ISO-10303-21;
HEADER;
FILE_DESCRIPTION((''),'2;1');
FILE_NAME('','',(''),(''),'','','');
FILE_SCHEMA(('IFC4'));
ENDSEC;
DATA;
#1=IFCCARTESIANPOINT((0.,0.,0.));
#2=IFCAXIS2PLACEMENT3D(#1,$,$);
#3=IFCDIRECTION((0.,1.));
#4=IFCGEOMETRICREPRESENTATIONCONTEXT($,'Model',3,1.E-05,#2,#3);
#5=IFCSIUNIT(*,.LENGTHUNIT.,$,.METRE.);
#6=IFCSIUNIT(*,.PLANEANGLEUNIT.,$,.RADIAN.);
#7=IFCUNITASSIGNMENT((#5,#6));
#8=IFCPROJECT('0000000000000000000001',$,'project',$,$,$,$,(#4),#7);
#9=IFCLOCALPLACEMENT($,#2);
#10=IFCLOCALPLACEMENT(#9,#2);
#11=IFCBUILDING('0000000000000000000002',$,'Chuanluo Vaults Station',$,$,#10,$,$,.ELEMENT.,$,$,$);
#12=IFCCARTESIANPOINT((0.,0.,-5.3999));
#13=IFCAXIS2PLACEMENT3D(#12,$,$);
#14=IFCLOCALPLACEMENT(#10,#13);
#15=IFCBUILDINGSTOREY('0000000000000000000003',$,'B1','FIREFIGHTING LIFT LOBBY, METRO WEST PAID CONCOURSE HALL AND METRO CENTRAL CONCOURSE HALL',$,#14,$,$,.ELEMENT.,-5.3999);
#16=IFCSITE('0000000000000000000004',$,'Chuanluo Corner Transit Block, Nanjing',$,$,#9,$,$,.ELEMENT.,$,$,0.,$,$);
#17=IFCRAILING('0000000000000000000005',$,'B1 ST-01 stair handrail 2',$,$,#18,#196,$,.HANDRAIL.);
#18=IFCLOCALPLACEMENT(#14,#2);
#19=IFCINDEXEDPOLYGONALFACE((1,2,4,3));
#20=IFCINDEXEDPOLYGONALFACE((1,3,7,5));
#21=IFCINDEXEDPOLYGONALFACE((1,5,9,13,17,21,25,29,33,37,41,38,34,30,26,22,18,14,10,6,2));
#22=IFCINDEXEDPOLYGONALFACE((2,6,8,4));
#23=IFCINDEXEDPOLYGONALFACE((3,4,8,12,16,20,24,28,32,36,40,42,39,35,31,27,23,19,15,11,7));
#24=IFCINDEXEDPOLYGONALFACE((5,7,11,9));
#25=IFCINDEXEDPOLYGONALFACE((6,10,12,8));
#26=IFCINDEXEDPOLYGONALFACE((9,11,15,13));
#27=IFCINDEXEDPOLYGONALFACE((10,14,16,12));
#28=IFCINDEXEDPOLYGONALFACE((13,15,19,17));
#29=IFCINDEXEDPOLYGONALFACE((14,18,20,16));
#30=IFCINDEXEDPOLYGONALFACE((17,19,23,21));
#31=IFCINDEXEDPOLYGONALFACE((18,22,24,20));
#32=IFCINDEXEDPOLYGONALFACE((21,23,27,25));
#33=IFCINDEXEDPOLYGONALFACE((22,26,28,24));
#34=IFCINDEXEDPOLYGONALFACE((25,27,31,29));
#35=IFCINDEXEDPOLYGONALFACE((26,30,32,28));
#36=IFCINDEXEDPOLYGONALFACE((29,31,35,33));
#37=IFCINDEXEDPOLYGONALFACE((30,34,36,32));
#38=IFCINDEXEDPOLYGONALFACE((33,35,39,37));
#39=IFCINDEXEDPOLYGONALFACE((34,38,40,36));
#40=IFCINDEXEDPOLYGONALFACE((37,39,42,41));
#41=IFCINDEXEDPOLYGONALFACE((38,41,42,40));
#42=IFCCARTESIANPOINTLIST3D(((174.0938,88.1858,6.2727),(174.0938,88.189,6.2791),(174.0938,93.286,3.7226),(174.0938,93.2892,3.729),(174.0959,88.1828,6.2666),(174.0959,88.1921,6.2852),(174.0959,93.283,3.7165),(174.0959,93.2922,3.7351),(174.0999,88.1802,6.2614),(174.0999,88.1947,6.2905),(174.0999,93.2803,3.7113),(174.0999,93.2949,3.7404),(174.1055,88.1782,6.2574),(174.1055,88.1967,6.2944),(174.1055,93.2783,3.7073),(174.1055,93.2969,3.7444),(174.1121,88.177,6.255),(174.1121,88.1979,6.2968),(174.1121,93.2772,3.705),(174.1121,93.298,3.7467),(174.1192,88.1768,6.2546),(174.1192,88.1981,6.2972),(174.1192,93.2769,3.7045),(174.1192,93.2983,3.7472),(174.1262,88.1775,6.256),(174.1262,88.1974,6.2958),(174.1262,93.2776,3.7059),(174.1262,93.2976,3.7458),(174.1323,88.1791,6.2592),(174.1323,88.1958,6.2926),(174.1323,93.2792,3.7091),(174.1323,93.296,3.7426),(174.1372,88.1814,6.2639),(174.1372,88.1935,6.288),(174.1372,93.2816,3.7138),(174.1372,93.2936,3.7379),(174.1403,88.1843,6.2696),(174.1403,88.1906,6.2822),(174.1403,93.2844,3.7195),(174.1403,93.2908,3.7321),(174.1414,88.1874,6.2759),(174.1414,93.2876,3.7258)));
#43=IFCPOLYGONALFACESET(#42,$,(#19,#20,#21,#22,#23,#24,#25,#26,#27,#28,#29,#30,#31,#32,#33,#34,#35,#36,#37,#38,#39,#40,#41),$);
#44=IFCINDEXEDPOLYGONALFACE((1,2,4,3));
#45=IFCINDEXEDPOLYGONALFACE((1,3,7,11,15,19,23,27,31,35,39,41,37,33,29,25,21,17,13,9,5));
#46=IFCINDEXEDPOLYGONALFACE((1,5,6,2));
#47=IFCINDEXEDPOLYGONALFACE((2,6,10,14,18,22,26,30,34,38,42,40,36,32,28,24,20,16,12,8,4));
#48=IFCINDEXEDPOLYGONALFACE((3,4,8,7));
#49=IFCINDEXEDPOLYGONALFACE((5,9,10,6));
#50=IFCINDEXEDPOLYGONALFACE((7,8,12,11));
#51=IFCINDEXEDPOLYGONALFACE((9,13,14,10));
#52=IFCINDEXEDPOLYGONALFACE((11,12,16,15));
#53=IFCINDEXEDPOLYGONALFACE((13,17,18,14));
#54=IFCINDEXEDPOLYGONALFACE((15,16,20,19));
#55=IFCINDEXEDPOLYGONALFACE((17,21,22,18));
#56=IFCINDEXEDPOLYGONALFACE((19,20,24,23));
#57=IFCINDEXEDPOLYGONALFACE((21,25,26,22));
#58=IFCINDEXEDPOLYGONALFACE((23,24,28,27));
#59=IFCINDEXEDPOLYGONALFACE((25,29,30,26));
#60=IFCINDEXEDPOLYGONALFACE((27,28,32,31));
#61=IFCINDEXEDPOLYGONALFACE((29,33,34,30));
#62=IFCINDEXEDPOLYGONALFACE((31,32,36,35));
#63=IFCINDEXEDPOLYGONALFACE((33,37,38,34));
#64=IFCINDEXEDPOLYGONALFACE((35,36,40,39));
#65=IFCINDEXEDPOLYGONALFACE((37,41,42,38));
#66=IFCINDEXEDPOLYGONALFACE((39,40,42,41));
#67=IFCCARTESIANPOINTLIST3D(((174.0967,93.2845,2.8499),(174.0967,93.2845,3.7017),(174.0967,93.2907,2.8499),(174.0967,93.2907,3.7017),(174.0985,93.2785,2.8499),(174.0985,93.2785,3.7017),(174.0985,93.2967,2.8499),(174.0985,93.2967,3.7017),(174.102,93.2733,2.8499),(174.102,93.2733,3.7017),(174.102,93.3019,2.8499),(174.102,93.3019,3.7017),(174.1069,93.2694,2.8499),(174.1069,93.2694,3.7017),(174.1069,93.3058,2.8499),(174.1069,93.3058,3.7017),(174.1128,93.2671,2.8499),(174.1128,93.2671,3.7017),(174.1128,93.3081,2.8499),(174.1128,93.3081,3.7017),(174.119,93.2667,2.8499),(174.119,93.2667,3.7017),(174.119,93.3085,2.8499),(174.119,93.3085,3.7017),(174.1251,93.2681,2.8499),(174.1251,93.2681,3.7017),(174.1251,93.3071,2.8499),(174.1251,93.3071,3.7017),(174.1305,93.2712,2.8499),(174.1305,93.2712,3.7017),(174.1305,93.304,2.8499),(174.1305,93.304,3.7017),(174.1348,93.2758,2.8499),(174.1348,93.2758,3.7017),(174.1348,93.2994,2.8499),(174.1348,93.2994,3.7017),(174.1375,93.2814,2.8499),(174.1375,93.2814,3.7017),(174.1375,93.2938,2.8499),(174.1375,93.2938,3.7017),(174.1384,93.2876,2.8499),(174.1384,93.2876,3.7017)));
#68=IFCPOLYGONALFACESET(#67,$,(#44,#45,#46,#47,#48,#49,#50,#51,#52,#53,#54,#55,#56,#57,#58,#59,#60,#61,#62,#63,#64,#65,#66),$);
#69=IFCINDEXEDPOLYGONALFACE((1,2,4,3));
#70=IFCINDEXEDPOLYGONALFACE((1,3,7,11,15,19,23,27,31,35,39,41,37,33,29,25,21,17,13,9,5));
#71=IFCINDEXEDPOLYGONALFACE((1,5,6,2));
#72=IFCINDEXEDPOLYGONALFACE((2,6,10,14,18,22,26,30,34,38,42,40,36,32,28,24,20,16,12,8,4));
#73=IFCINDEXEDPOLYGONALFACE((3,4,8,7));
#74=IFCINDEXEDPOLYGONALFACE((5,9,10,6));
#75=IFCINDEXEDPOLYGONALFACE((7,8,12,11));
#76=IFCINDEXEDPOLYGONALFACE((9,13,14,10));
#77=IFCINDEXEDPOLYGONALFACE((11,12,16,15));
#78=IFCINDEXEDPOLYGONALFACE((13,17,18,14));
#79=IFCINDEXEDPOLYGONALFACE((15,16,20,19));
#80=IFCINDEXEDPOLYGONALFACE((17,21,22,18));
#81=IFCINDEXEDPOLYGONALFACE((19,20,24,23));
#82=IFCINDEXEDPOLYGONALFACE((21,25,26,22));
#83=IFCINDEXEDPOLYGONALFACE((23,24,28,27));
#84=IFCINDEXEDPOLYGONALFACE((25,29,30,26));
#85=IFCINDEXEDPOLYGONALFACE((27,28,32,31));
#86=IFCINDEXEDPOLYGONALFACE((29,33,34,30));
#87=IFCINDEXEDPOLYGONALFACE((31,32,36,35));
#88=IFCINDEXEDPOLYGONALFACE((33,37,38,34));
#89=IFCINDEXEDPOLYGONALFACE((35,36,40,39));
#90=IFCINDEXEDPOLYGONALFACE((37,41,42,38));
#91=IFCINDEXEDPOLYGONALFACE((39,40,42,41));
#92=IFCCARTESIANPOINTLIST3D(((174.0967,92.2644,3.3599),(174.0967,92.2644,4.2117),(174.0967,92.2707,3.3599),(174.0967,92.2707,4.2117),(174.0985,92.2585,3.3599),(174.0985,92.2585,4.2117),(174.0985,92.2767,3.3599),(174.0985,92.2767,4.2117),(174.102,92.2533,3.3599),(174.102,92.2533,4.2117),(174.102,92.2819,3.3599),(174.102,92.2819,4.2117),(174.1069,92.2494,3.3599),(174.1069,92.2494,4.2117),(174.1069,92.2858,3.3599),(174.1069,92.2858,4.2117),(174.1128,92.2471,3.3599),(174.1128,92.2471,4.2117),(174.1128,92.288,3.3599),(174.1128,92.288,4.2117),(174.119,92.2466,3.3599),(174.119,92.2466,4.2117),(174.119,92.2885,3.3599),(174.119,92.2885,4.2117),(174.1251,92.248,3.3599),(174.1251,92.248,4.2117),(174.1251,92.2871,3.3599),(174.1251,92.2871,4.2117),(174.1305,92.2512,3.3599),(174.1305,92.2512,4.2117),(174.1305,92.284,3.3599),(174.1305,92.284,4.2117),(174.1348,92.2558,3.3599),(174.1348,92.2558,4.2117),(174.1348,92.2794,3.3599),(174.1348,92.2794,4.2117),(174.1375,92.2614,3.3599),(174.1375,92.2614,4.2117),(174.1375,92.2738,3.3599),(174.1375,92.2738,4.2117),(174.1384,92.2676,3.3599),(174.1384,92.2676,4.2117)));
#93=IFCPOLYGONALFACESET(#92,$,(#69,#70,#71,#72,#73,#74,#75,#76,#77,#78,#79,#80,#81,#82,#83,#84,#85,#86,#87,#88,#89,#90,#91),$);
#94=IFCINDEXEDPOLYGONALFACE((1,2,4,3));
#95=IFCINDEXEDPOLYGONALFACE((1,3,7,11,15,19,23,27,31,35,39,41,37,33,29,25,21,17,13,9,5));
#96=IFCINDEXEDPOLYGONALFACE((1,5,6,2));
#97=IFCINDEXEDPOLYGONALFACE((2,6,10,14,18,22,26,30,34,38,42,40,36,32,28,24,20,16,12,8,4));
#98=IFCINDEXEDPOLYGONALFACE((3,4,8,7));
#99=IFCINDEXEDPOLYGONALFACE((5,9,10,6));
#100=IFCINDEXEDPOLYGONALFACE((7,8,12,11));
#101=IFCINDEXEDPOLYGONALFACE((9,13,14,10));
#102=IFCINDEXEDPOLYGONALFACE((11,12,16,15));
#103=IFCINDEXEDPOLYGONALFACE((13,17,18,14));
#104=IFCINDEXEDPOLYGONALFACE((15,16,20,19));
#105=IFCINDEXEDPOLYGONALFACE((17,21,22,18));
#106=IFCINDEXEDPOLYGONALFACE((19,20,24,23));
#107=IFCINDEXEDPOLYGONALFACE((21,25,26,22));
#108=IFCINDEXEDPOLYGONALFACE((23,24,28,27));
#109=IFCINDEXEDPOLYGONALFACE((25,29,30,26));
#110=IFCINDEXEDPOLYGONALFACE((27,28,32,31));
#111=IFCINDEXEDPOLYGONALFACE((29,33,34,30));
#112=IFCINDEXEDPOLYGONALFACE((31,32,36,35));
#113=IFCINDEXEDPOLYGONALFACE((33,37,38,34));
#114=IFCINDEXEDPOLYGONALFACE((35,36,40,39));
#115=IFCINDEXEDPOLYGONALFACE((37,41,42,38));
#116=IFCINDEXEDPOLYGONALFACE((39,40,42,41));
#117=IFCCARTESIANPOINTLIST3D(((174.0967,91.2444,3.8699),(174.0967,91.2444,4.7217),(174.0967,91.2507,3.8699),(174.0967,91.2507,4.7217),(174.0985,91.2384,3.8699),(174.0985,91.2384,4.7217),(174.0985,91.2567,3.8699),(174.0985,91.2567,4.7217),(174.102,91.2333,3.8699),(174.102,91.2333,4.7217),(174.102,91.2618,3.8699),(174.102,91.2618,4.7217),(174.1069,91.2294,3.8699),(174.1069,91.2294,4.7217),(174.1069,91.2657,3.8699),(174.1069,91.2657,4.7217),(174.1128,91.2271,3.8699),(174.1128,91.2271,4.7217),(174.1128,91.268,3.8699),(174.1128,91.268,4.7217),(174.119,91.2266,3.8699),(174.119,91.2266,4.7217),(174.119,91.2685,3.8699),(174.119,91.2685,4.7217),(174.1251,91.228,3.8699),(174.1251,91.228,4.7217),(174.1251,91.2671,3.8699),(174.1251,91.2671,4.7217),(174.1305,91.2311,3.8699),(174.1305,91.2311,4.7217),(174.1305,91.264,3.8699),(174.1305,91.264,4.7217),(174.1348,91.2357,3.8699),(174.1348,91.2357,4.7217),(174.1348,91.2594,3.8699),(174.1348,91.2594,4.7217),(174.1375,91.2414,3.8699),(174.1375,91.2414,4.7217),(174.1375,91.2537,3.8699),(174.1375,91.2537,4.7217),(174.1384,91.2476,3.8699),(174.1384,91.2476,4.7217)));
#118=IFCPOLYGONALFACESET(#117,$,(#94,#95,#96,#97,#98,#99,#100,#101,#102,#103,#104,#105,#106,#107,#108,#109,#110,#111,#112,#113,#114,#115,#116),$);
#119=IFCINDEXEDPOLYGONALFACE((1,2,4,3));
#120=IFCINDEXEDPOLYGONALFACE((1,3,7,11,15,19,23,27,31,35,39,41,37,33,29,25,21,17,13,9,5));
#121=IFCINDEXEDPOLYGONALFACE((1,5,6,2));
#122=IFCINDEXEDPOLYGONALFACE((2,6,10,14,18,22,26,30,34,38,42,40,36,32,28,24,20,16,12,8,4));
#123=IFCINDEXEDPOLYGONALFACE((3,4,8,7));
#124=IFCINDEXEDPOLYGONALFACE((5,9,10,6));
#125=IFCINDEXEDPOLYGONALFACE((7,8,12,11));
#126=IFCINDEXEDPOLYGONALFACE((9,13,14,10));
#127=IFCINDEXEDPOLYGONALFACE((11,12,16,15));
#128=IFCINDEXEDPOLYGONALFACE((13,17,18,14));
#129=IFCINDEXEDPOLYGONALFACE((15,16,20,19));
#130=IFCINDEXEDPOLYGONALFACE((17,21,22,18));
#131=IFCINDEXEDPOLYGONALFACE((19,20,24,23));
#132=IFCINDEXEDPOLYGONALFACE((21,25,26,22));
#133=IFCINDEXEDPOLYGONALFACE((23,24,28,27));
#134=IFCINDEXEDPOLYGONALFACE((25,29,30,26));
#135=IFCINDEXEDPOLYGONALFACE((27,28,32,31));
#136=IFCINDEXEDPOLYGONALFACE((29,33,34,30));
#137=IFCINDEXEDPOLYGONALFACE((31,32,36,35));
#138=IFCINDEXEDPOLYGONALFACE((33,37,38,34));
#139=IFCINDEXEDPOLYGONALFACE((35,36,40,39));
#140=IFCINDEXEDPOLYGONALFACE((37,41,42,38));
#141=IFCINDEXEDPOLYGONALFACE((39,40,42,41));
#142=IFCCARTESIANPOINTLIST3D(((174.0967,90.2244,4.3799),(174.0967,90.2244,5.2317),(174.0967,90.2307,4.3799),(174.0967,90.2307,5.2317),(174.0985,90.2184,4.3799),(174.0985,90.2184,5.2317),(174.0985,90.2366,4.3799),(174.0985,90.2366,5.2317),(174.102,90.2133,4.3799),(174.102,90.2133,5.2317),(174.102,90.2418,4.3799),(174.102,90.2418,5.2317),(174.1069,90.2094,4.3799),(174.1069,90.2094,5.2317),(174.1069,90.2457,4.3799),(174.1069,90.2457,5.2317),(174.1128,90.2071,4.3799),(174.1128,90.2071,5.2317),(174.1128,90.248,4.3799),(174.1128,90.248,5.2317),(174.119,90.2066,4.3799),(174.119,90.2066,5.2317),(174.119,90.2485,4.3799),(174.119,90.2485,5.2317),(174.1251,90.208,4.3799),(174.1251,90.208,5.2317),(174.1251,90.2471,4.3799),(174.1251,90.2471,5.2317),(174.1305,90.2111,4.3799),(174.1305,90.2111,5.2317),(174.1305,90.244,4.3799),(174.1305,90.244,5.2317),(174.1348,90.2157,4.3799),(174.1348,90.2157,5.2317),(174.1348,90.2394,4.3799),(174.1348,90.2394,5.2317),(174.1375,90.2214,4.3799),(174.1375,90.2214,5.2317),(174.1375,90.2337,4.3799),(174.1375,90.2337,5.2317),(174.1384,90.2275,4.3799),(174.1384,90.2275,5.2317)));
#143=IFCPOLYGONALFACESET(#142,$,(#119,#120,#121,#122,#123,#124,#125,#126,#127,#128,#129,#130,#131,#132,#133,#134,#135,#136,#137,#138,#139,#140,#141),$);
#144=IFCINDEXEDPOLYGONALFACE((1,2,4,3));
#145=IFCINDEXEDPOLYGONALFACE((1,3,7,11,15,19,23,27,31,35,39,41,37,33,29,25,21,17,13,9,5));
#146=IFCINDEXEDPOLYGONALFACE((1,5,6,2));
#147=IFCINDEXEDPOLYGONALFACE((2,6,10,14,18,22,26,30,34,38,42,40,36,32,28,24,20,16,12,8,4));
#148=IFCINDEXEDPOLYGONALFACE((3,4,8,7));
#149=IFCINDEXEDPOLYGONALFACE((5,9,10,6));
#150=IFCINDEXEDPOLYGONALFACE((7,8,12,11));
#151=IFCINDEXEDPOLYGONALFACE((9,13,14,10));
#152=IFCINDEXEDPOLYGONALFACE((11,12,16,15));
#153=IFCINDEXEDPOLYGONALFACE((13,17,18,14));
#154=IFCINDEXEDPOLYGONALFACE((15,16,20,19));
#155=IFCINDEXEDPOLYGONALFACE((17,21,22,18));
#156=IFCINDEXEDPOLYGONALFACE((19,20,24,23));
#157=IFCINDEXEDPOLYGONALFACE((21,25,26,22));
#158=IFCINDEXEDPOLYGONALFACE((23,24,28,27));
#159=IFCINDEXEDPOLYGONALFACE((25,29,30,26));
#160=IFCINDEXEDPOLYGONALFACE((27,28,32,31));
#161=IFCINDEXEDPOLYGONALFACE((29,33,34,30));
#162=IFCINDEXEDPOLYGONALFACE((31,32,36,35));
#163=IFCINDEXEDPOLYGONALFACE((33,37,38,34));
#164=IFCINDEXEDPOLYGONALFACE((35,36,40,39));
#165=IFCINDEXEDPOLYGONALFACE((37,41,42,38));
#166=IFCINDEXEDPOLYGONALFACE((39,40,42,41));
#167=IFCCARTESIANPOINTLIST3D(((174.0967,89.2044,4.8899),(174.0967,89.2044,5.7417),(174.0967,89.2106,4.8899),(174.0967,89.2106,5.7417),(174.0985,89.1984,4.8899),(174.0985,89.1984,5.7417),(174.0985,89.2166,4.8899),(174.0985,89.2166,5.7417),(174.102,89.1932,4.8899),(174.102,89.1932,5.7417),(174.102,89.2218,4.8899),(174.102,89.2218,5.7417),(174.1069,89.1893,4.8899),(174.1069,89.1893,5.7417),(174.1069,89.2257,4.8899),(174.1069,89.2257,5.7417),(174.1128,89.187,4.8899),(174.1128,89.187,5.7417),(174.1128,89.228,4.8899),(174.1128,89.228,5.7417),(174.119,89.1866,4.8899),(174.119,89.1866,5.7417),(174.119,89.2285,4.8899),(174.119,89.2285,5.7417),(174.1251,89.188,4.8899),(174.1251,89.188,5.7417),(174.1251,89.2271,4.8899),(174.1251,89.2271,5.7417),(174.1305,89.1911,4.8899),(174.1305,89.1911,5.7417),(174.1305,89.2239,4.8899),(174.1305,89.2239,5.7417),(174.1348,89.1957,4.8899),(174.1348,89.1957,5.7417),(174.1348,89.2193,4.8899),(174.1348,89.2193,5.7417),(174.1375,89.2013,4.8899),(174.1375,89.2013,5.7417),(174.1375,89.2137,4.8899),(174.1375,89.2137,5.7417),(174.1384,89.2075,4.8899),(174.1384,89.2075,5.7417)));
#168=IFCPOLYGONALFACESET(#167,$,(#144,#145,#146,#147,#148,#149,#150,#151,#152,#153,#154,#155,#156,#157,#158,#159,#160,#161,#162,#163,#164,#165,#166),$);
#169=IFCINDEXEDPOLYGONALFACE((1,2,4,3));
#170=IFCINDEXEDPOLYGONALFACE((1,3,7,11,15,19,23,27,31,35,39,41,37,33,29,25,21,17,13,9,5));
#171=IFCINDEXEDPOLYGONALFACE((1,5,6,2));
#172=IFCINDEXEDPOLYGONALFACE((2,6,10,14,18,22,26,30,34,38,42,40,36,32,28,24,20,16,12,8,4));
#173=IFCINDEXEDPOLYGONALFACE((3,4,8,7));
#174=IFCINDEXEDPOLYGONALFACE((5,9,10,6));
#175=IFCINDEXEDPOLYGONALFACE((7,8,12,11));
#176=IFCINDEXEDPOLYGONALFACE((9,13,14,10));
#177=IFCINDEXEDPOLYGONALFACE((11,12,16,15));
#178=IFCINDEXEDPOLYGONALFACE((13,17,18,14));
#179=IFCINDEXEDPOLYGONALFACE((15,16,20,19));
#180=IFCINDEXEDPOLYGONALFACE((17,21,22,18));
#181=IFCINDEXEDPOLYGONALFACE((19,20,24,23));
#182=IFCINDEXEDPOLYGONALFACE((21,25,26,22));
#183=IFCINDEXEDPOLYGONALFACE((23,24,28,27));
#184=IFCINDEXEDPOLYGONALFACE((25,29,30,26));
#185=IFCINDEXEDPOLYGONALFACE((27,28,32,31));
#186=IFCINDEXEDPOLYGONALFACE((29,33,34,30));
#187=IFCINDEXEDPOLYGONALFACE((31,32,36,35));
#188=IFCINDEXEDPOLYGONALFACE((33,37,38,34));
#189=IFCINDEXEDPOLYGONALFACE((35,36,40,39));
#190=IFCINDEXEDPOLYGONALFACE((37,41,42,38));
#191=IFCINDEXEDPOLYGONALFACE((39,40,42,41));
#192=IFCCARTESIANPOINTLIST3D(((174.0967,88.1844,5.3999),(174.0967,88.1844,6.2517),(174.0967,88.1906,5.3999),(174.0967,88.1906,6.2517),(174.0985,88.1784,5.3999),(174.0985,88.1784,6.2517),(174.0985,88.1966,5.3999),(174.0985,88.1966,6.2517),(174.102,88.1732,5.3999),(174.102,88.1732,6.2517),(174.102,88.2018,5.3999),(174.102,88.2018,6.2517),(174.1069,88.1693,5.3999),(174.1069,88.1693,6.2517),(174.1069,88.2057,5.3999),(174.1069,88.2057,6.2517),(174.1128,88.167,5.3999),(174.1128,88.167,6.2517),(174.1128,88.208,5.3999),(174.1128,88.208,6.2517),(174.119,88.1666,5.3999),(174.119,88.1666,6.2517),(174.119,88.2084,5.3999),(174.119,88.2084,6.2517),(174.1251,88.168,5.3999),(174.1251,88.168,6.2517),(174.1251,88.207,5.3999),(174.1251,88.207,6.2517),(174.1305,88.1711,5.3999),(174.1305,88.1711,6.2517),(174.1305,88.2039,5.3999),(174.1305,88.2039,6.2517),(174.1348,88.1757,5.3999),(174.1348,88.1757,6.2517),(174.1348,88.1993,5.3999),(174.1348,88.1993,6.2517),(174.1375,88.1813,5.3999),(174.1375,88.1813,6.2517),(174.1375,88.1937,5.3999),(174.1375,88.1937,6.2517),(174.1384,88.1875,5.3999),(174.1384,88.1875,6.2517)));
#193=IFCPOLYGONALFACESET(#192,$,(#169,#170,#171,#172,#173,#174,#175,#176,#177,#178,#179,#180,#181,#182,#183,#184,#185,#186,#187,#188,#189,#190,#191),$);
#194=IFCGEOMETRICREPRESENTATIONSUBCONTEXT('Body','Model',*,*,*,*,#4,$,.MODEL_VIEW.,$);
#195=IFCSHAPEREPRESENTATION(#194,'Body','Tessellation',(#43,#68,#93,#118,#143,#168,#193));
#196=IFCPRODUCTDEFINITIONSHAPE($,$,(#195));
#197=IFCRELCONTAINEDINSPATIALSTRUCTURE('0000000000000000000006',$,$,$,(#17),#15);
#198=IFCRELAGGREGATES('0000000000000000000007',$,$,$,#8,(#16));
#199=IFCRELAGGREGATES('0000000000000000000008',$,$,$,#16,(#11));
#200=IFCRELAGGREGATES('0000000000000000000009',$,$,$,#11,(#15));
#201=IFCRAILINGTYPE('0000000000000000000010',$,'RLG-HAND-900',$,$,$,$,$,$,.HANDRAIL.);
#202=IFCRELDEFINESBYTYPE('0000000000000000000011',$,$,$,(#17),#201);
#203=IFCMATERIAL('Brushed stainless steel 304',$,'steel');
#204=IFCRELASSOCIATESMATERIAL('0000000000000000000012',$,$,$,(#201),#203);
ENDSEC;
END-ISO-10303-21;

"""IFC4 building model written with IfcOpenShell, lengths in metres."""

from ifc_helpers import new_model, si_unit, direction, frame, origin, origin_2d, place, context, subcontext, project, spatial, circle, extrude, material, type_object, element, save


model = new_model("IFC4")

# Units and contexts
model_context = context("Model", 3, precision=1e-05, world=origin(), true_north=direction((0.0, 1.0)))
body_context = subcontext(model_context, "Body", "Model", "MODEL_VIEW")
ifc_project = project(units=[si_unit("LENGTHUNIT", "METRE"), si_unit("PLANEANGLEUNIT", "RADIAN")], contexts=[model_context])

# Site, building, storey
site_placement = place(None, origin())
site = spatial("IfcSite", under=ifc_project, at=site_placement, Name="Chuanluo Corner Transit Block, Nanjing", CompositionType="ELEMENT", RefElevation=0.0)
building_placement = place(site_placement, origin())
building = spatial("IfcBuilding", under=site, at=building_placement, Name="Chuanluo Vaults Station", CompositionType="ELEMENT")
storey_placement = place(building_placement, frame((0.0, 0.0, -5.3999)))
storey = spatial("IfcBuildingStorey", under=building, at=storey_placement, Name="B1", Description="FIREFIGHTING LIFT LOBBY, METRO WEST PAID CONCOURSE HALL AND METRO CENTRAL CONCOURSE HALL", CompositionType="ELEMENT", Elevation=-5.3999)

# Railing
ifc_material_1 = material(Name="Brushed stainless steel 304", Category="steel")
railing_type_1 = type_object("IfcRailingType", Name="RLG-HAND-900", PredefinedType="HANDRAIL", material=ifc_material_1)
railing_1_placement = place(storey_placement, frame((174.1174, 93.2876, 2.8499)))
element("IfcRailing", 1, at=railing_1_placement, inside=storey, type_object=railing_type_1, Name="B1 ST-01 stair handrail 2", PredefinedType="HANDRAIL", context=body_context, shape_type="SweptSolid", body=[
    extrude(circle(Radius=0.0239, at=origin_2d()), frame((0.0, 0.0, 0.876), z_axis=(0.0, -0.894427, 0.447214), x_axis=(1.0, 0.0, 0.0)), (0.0, 0.0, 1.0), 5.7021),
    extrude(circle(Radius=0.021, at=origin_2d()), origin(), (0.0, 0.0, 1.0), 0.8518),
    extrude(circle(Radius=0.021, at=origin_2d()), frame((0.0, -1.02, 0.51)), (0.0, 0.0, 1.0), 0.8518),
    extrude(circle(Radius=0.021, at=origin_2d()), frame((0.0, -2.04, 1.02)), (0.0, 0.0, 1.0), 0.8518),
    extrude(circle(Radius=0.021, at=origin_2d()), frame((0.0, -3.0601, 1.53)), (0.0, 0.0, 1.0), 0.8518),
    extrude(circle(Radius=0.021, at=origin_2d()), frame((0.0, -4.0801, 2.04)), (0.0, 0.0, 1.0), 0.8518),
    extrude(circle(Radius=0.021, at=origin_2d()), frame((0.0, -5.1001, 2.55)), (0.0, 0.0, 1.0), 0.8518),
])

save(model, "model.ifc")
